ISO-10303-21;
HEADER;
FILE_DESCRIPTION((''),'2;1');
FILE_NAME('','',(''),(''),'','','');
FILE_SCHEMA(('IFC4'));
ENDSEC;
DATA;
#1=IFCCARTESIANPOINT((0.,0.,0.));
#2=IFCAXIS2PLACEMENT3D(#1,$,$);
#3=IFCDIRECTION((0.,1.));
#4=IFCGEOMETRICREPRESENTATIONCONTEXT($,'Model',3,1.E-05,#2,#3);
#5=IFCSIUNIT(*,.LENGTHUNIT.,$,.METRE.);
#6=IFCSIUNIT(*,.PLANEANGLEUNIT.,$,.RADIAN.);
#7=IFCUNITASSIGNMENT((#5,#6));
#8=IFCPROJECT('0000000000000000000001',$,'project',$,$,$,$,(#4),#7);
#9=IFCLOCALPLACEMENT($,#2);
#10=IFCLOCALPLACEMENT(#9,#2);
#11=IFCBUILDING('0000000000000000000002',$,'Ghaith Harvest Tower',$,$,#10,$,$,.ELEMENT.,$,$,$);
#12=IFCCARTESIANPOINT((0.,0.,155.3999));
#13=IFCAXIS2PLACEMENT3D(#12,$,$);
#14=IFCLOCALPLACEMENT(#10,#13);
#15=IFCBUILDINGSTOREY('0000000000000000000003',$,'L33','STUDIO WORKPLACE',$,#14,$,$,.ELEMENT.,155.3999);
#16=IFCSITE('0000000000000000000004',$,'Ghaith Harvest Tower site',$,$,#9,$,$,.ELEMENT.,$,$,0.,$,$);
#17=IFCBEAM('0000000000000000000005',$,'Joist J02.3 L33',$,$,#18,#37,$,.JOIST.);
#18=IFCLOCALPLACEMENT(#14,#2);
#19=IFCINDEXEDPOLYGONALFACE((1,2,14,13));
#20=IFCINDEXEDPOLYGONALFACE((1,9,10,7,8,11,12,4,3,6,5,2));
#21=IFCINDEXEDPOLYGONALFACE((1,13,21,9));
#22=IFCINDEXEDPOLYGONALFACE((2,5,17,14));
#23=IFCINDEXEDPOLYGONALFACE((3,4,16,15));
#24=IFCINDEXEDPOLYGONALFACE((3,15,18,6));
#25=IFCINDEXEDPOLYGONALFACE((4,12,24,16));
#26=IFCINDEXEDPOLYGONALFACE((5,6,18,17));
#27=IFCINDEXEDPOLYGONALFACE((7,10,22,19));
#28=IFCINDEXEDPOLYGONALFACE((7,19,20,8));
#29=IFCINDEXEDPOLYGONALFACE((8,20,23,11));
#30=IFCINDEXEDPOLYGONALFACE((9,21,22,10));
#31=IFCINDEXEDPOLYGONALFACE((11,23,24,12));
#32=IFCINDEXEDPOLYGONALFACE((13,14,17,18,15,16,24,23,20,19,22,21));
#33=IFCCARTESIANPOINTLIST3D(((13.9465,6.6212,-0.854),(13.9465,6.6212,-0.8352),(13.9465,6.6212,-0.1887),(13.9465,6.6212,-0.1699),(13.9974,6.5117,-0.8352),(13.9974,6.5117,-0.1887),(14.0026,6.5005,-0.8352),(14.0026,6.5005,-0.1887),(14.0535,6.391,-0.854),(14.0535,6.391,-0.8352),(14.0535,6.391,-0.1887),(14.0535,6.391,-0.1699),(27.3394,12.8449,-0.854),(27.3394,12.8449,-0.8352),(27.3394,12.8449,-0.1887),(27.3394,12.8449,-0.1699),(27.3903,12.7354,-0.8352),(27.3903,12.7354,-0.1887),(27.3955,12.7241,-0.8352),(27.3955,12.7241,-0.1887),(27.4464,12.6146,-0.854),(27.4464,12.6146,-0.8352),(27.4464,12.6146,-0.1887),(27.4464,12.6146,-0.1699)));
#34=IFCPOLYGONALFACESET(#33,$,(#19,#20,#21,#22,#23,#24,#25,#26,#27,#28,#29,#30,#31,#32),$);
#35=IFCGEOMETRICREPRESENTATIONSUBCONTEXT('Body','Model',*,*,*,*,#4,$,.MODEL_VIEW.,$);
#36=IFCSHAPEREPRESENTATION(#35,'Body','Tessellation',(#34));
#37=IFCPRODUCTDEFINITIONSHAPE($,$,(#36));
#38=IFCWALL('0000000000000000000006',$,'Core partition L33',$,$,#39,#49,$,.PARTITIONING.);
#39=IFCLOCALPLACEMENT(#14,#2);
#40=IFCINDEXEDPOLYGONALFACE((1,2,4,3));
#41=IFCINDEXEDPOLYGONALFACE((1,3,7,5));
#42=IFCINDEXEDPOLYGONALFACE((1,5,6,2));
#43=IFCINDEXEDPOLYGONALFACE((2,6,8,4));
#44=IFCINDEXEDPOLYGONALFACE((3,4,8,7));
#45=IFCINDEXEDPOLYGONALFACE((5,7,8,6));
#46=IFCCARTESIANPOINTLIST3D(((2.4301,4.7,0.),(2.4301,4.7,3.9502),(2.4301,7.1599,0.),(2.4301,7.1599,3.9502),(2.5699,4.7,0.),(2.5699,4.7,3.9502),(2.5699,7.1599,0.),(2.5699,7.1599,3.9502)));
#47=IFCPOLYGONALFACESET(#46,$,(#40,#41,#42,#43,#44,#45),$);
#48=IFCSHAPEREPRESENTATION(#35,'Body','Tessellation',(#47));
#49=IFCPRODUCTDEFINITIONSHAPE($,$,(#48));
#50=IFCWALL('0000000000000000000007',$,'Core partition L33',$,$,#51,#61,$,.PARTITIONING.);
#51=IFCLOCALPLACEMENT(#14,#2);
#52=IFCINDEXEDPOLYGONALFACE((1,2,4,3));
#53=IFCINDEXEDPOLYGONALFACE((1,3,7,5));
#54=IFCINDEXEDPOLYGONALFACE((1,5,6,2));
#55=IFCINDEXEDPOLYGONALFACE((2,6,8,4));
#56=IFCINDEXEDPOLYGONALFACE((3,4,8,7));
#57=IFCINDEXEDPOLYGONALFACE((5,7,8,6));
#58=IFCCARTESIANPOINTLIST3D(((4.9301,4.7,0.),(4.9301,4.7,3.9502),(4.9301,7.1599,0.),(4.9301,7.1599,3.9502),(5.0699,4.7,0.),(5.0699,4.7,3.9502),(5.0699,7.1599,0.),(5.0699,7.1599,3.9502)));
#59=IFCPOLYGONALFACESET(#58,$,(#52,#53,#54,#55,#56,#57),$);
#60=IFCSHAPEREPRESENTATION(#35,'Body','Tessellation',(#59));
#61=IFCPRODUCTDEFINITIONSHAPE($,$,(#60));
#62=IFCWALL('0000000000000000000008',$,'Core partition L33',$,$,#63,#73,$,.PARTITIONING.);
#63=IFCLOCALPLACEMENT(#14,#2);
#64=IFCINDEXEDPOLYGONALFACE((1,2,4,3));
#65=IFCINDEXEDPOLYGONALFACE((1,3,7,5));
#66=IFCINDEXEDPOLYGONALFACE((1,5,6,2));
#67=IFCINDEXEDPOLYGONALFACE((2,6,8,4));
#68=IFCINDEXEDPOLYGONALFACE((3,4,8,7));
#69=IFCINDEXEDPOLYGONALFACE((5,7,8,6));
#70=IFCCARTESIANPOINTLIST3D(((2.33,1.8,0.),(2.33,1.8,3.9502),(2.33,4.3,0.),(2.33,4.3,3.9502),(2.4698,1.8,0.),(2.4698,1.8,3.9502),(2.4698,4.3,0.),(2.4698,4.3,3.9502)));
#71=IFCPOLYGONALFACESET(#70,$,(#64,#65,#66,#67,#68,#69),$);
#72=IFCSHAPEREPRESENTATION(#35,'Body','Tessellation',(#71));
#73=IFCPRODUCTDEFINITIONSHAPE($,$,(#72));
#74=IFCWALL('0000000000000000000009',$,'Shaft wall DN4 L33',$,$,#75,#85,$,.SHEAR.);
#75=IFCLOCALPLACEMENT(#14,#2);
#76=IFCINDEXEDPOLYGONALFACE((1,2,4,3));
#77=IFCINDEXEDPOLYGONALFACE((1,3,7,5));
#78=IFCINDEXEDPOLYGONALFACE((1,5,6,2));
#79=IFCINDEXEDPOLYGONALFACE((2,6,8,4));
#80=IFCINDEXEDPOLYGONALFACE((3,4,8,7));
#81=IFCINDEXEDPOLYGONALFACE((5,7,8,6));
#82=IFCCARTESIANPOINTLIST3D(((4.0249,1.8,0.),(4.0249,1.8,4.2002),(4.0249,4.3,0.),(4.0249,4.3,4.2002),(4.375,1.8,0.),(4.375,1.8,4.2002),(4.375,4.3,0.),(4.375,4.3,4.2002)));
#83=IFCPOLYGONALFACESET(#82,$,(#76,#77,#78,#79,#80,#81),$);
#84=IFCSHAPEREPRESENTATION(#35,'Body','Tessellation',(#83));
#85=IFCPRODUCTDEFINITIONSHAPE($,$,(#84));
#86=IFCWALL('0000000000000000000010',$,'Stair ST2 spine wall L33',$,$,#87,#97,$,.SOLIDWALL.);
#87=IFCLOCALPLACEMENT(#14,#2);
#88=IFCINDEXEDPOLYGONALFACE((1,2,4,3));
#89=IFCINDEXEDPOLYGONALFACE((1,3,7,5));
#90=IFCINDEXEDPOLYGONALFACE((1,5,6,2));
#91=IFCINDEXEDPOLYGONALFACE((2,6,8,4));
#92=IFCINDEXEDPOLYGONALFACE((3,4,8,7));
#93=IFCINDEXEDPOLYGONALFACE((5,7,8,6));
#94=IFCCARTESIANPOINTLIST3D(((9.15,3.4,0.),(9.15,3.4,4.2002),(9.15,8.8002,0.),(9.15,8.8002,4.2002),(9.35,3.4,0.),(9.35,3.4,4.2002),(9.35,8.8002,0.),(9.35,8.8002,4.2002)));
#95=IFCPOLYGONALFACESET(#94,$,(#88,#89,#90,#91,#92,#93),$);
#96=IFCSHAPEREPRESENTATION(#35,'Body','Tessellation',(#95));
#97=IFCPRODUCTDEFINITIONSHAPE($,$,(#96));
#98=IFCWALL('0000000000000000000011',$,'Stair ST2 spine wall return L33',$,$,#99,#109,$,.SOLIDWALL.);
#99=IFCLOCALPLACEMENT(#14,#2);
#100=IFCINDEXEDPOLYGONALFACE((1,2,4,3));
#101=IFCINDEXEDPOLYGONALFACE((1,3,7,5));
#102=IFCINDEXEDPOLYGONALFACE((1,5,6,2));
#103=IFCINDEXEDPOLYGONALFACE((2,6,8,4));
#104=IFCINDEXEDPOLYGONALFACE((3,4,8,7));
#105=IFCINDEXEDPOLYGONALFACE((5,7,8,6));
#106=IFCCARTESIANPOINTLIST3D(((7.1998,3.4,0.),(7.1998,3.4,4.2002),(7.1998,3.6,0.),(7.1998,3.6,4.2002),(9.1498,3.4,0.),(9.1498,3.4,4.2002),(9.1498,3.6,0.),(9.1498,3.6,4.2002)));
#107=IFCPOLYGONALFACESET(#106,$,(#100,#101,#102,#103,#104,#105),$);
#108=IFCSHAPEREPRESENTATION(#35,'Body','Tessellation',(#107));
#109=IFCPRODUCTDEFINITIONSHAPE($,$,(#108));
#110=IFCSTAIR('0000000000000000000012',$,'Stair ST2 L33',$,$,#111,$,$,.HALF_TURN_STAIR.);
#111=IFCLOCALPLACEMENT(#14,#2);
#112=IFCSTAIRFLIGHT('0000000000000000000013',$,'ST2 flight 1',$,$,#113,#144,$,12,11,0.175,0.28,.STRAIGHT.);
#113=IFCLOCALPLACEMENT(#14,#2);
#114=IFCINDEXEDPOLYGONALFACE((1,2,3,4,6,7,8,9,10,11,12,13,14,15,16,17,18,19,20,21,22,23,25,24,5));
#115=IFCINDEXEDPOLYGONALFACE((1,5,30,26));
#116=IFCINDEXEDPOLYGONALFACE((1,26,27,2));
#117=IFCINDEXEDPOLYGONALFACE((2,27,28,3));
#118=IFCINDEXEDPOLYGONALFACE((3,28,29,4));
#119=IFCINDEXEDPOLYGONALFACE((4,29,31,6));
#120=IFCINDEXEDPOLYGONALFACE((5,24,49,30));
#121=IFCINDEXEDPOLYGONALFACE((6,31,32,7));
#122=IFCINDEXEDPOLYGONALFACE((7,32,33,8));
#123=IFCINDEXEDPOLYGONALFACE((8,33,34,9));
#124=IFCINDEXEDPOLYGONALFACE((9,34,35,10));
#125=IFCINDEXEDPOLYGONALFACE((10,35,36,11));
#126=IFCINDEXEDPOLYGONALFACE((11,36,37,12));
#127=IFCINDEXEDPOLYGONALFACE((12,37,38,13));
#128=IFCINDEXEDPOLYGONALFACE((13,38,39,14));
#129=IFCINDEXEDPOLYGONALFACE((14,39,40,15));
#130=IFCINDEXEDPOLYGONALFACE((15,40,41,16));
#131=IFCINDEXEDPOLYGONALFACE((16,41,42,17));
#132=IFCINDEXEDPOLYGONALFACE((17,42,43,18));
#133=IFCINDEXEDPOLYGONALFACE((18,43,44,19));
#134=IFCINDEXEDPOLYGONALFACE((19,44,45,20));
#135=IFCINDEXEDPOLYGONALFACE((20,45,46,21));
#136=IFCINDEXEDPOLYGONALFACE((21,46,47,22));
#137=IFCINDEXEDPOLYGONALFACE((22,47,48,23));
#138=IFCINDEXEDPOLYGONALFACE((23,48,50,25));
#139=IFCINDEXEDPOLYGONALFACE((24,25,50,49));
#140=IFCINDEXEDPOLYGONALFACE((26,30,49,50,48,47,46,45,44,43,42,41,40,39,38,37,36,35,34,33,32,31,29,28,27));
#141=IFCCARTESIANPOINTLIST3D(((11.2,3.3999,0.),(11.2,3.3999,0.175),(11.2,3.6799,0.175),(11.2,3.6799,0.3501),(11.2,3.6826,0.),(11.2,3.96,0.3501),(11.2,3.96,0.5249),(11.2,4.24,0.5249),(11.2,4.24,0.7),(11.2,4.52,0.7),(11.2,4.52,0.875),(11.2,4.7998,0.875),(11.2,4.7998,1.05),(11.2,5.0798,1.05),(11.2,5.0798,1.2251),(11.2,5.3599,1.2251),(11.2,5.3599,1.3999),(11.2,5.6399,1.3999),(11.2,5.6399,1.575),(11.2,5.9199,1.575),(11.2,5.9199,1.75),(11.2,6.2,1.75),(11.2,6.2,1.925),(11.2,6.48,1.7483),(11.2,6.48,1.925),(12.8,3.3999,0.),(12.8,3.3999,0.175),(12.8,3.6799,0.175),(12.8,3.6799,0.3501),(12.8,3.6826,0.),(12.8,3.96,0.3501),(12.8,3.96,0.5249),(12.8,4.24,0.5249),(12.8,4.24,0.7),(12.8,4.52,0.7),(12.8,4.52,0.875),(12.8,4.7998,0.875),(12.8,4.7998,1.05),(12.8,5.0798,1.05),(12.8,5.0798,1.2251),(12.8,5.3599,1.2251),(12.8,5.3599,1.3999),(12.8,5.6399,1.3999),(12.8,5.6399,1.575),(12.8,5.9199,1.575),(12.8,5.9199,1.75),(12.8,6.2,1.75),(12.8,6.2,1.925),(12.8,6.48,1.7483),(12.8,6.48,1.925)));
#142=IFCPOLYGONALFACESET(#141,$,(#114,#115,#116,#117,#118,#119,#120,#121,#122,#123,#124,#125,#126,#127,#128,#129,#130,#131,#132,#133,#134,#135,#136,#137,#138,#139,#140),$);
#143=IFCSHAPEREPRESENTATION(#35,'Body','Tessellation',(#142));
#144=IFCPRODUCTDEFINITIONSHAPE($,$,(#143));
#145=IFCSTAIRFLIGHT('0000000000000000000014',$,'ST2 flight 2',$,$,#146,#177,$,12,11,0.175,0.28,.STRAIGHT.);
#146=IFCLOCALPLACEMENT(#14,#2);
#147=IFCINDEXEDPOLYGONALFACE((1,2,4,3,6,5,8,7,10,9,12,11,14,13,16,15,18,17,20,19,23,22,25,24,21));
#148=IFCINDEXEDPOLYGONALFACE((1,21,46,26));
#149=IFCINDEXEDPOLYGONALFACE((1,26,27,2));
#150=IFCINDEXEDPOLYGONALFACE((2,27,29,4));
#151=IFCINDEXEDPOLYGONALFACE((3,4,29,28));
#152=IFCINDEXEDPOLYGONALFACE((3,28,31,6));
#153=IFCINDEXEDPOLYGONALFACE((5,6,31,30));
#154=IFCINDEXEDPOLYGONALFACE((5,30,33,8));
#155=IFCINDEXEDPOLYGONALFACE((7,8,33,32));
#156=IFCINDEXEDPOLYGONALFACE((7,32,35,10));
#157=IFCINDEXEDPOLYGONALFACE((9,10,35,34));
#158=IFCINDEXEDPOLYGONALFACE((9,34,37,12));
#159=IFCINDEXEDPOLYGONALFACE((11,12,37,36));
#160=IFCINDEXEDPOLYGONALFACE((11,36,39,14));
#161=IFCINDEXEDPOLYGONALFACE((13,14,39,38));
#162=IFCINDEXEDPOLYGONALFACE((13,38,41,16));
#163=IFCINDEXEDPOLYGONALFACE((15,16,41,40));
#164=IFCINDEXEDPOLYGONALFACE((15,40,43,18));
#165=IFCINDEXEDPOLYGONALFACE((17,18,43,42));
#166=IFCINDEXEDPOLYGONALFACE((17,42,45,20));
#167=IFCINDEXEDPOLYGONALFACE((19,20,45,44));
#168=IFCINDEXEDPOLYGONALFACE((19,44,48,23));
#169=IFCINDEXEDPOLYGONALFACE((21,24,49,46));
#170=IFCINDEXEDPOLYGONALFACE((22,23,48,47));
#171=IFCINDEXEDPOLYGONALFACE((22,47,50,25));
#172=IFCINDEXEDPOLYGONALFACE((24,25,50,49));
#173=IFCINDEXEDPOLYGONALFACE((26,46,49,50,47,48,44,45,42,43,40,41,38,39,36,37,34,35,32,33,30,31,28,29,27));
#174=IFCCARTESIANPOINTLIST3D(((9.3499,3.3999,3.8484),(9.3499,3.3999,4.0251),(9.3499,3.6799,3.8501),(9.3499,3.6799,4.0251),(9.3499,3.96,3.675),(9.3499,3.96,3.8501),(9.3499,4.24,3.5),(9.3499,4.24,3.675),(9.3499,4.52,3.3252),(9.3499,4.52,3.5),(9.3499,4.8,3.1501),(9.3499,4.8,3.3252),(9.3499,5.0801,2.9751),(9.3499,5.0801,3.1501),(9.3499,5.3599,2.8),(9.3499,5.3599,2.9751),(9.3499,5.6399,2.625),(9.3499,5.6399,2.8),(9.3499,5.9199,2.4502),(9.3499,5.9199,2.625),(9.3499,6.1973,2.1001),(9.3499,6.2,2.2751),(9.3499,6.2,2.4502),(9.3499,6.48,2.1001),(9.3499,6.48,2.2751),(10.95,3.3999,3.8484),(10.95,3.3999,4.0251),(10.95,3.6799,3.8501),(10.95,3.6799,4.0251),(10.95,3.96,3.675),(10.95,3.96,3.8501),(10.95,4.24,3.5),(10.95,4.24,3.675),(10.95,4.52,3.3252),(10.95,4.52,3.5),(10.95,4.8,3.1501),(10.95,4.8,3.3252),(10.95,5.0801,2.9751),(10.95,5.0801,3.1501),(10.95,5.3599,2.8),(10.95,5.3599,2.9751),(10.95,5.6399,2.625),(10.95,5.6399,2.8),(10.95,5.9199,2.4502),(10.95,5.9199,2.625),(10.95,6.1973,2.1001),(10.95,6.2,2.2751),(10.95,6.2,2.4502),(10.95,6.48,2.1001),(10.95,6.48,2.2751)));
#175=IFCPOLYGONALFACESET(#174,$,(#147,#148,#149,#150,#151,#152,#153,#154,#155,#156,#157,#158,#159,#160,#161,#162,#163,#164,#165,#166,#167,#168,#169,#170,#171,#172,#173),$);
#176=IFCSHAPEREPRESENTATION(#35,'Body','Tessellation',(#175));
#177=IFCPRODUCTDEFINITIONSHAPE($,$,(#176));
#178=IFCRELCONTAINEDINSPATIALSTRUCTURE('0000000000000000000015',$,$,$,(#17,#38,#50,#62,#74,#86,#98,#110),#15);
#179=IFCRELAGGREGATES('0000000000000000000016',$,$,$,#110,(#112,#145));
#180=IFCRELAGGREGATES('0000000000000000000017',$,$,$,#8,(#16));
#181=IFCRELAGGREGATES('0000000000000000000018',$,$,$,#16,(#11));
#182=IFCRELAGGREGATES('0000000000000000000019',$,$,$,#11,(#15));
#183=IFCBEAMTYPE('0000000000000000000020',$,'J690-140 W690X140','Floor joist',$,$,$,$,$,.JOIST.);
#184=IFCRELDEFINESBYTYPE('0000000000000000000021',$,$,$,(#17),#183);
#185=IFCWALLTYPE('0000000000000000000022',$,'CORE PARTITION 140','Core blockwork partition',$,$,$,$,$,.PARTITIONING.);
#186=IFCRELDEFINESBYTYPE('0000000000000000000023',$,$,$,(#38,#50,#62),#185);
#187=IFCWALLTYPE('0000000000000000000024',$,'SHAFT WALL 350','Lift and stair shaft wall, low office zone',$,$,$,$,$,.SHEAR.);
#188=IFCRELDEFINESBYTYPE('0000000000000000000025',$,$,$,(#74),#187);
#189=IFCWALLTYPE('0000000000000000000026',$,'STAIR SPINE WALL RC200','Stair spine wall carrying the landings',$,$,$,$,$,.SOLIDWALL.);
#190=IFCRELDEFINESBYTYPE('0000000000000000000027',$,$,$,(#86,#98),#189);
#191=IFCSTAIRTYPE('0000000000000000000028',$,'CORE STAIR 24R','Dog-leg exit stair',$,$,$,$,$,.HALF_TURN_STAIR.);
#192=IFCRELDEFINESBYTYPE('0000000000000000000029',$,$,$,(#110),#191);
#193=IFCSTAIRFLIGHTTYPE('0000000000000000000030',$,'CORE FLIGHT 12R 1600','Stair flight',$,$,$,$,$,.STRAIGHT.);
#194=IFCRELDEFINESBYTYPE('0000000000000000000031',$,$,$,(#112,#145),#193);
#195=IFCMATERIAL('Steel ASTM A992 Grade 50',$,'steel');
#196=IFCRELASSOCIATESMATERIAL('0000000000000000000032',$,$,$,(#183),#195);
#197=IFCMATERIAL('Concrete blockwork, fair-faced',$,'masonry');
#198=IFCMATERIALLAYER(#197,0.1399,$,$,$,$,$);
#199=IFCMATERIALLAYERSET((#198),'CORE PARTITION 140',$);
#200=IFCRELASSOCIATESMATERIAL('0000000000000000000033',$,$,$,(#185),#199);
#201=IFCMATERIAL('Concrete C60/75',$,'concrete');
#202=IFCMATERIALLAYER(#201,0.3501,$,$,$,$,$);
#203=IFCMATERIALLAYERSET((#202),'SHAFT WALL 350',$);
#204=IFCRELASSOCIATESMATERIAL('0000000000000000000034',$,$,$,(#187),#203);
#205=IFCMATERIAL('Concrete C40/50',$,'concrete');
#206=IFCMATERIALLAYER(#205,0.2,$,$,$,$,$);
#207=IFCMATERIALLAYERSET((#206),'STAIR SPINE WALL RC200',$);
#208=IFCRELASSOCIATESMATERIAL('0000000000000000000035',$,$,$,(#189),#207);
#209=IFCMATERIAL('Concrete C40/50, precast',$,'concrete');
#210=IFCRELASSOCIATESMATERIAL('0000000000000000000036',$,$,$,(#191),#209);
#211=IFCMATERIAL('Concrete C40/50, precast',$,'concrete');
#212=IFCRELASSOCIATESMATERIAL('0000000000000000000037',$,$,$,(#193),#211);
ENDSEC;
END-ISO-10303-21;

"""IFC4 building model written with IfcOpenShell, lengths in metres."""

from ifc_helpers import new_model, si_unit, direction, frame, frame_2d, origin, origin_2d, place, context, subcontext, project, spatial, polyline, rectangle, i_section, outline, extrude, material, layer, layer_set, material_profile, profile_set, type_object, element, aggregate, save


model = new_model("IFC4")

# Units and contexts
model_context = context("Model", 3, precision=1e-05, world=origin(), true_north=direction((0.0, 1.0)))
body_context = subcontext(model_context, "Body", "Model", "MODEL_VIEW")
ifc_project = project(units=[si_unit("LENGTHUNIT", "METRE"), si_unit("PLANEANGLEUNIT", "RADIAN")], contexts=[model_context])

# Site, building, storey
site_placement = place(None, origin())
site = spatial("IfcSite", under=ifc_project, at=site_placement, Name="Ghaith Harvest Tower site", CompositionType="ELEMENT", RefElevation=0.0)
building_placement = place(site_placement, origin())
building = spatial("IfcBuilding", under=site, at=building_placement, Name="Ghaith Harvest Tower", CompositionType="ELEMENT")
storey_placement = place(building_placement, frame((0.0, 0.0, 155.3999)))
storey = spatial("IfcBuildingStorey", under=building, at=storey_placement, Name="L33", Description="STUDIO WORKPLACE", CompositionType="ELEMENT", Elevation=155.3999)

# Beam
ifc_material_1 = material(Name="Steel ASTM A992 Grade 50", Category="steel")
ifc_material_profile_1 = material_profile(ifc_material_1, i_section(OverallWidth=0.2539, OverallDepth=0.6841, WebThickness=0.0125, FlangeThickness=0.0188, at=origin_2d()), Name="W690X140")
ifc_profile_set_1 = profile_set([ifc_material_profile_1], Name="Steel ASTM A992 Grade 50")
beam_type_1 = type_object("IfcBeamType", Name="J690-140 W690X140", Description="Floor joist", PredefinedType="JOIST", material=ifc_profile_set_1)
beam_1_placement = place(storey_placement, frame((14.0, 6.5061, -0.512), z_axis=(0.906866, 0.42142, 0.0), x_axis=(-0.42142, 0.906866, 0.0)))
element("IfcBeam", 1, at=beam_1_placement, inside=storey, type_object=beam_type_1, Name="Joist J02.3 L33", PredefinedType="JOIST", context=body_context, shape_type="SweptSolid", body=[
    extrude(i_section(OverallWidth=0.2539, OverallDepth=0.6841, WebThickness=0.0125, FlangeThickness=0.0188, at=origin_2d()), origin(), (0.0, 0.0, 1.0), 14.7683),
])

# Walls
ifc_material_2 = material(Name="Concrete blockwork, fair-faced", Category="masonry")
ifc_layer_1 = layer(ifc_material_2, 0.1399)
ifc_layer_set_1 = layer_set([ifc_layer_1], Name="CORE PARTITION 140")
wall_type_1 = type_object("IfcWallType", Name="CORE PARTITION 140", Description="Core blockwork partition", PredefinedType="PARTITIONING", material=ifc_layer_set_1)
for number, where, z_axis, x_axis, name in (
    (2, (2.5, 4.7, 0.0), (0.0, 0.0, 1.0), (0.0, 1.0, 0.0), "Core partition L33"),
    (3, (5.0, 4.7, 0.0), (0.0, 0.0, 1.0), (0.0, 1.0, 0.0), "Core partition L33"),
):
    element("IfcWall", number, at=place(storey_placement, frame(where, z_axis=z_axis, x_axis=x_axis)), inside=storey, type_object=wall_type_1, Name=name, PredefinedType="PARTITIONING", context=body_context, shape_type="SweptSolid", body=[
        extrude(rectangle(XDim=2.46, YDim=0.1399, at=frame_2d((1.23, 0.0))), origin(), (0.0, 0.0, 1.0), 3.9502),
    ])
wall_1_placement = place(storey_placement, frame((2.3999, 1.8, 0.0), z_axis=(0.0, 0.0, 1.0), x_axis=(0.0, 1.0, 0.0)))
element("IfcWall", 4, at=wall_1_placement, inside=storey, type_object=wall_type_1, Name="Core partition L33", PredefinedType="PARTITIONING", context=body_context, shape_type="SweptSolid", body=[
    extrude(rectangle(XDim=2.5, YDim=0.1399, at=frame_2d((1.25, 0.0))), origin(), (0.0, 0.0, 1.0), 3.9502),
])

# Shared definitions
ifc_material_3 = material(Name="Concrete C60/75", Category="concrete")
ifc_layer_2 = layer(ifc_material_3, 0.3501)
ifc_layer_set_2 = layer_set([ifc_layer_2], Name="SHAFT WALL 350")
wall_type_2 = type_object("IfcWallType", Name="SHAFT WALL 350", Description="Lift and stair shaft wall, low office zone", PredefinedType="SHEAR", material=ifc_layer_set_2)

# Walls
wall_2_placement = place(storey_placement, frame((4.2, 1.8, 0.0), z_axis=(0.0, 0.0, 1.0), x_axis=(0.0, 1.0, 0.0)))
element("IfcWall", 5, at=wall_2_placement, inside=storey, type_object=wall_type_2, Name="Shaft wall DN4 L33", PredefinedType="SHEAR", context=body_context, shape_type="SweptSolid", body=[
    extrude(rectangle(XDim=2.5, YDim=0.3501, at=frame_2d((1.25, 0.0))), origin(), (0.0, 0.0, 1.0), 4.2002),
])
ifc_material_4 = material(Name="Concrete C40/50", Category="concrete")
ifc_layer_3 = layer(ifc_material_4, 0.2)
ifc_layer_set_3 = layer_set([ifc_layer_3], Name="STAIR SPINE WALL RC200")
wall_type_3 = type_object("IfcWallType", Name="STAIR SPINE WALL RC200", Description="Stair spine wall carrying the landings", PredefinedType="SOLIDWALL", material=ifc_layer_set_3)
wall_3_placement = place(storey_placement, frame((9.25, 3.3999, 0.0), z_axis=(0.0, 0.0, 1.0), x_axis=(0.0, 1.0, 0.0)))
element("IfcWall", 6, at=wall_3_placement, inside=storey, type_object=wall_type_3, Name="Stair ST2 spine wall L33", PredefinedType="SOLIDWALL", context=body_context, shape_type="SweptSolid", body=[
    extrude(rectangle(XDim=5.4001, YDim=0.2, at=frame_2d((2.7002, 0.0))), origin(), (0.0, 0.0, 1.0), 4.2002),
])
wall_4_placement = place(storey_placement, frame((9.1499, 3.5, 0.0), z_axis=(0.0, 0.0, 1.0), x_axis=(-1.0, 0.0, 0.0)))
element("IfcWall", 7, at=wall_4_placement, inside=storey, type_object=wall_type_3, Name="Stair ST2 spine wall return L33", PredefinedType="SOLIDWALL", context=body_context, shape_type="SweptSolid", body=[
    extrude(rectangle(XDim=1.95, YDim=0.2, at=frame_2d((0.9751, 0.0))), origin(), (0.0, 0.0, 1.0), 4.2002),
])

# Stair, stair flights
ifc_material_5 = material(Name="Concrete C40/50, precast", Category="concrete")
stair_type = type_object("IfcStairType", Name="CORE STAIR 24R", Description="Dog-leg exit stair", PredefinedType="HALF_TURN_STAIR", material=ifc_material_5)
stair_placement = place(storey_placement, origin())
stair = element("IfcStair", 8, at=stair_placement, inside=storey, type_object=stair_type, Name="Stair ST2 L33", PredefinedType="HALF_TURN_STAIR")
ifc_material_6 = material(Name="Concrete C40/50, precast", Category="concrete")
stair_flight_type = type_object("IfcStairFlightType", Name="CORE FLIGHT 12R 1600", Description="Stair flight", PredefinedType="STRAIGHT", material=ifc_material_6)
stair_flight_1_placement = place(storey_placement, frame((12.0, 3.3999, 0.0), z_axis=(0.0, 0.0, 1.0), x_axis=(0.0, 1.0, 0.0)))
stair_flight_1 = element("IfcStairFlight", 9, at=stair_flight_1_placement, type_object=stair_flight_type, Name="ST2 flight 1", NumberOfRisers=12, NumberOfTreads=11, PredefinedType="STRAIGHT", RiserHeight=0.175, TreadLength=0.28, context=body_context, shape_type="SweptSolid", body=[
    extrude(outline(polyline([(0.0, 0.0), (0.0, 0.175), (0.28, 0.175), (0.28, 0.3501), (0.5601, 0.3501), (0.5601, 0.5249), (0.8401, 0.5249), (0.8401, 0.7), (1.1201, 0.7), (1.1201, 0.875), (1.3999, 0.875), (1.3999, 1.05), (1.6799, 1.05), (1.6799, 1.2251), (1.96, 1.2251), (1.96, 1.3999), (2.24, 1.3999), (2.24, 1.575), (2.52, 1.575), (2.52, 1.75), (2.8, 1.75), (2.8, 1.925), (3.0801, 1.925), (3.0801, 2.1001), (3.0801, 1.7483), (0.2827, 0.0), (0.0, 0.0)])), frame((0.0, 0.8, 0.0), z_axis=(0.0, -1.0, 0.0), x_axis=(1.0, 0.0, 0.0)), (0.0, 0.0, 1.0), 1.6001),
])
stair_flight_2_placement = place(storey_placement, frame((10.1499, 6.48, 2.1001), z_axis=(0.0, 0.0, 1.0), x_axis=(0.0, -1.0, 0.0)))
stair_flight_2 = element("IfcStairFlight", 10, at=stair_flight_2_placement, type_object=stair_flight_type, Name="ST2 flight 2", NumberOfRisers=12, NumberOfTreads=11, PredefinedType="STRAIGHT", RiserHeight=0.175, TreadLength=0.28, context=body_context, shape_type="SweptSolid", body=[
    extrude(outline(polyline([(0.0, 0.0), (0.0, 0.175), (0.28, 0.175), (0.28, 0.3501), (0.5601, 0.3501), (0.5601, 0.5249), (0.8401, 0.5249), (0.8401, 0.7), (1.1201, 0.7), (1.1201, 0.875), (1.3999, 0.875), (1.3999, 1.05), (1.6799, 1.05), (1.6799, 1.2251), (1.96, 1.2251), (1.96, 1.3999), (2.24, 1.3999), (2.24, 1.575), (2.52, 1.575), (2.52, 1.75), (2.8, 1.75), (2.8, 1.925), (3.0801, 1.925), (3.0801, 2.1001), (3.0801, 1.7483), (0.2827, 0.0), (0.0, 0.0)])), frame((0.0, 0.8, 0.0), z_axis=(0.0, -1.0, 0.0), x_axis=(1.0, 0.0, 0.0)), (0.0, 0.0, 1.0), 1.6001),
])
aggregate(stair, [stair_flight_1, stair_flight_2])

save(model, "model.ifc")
